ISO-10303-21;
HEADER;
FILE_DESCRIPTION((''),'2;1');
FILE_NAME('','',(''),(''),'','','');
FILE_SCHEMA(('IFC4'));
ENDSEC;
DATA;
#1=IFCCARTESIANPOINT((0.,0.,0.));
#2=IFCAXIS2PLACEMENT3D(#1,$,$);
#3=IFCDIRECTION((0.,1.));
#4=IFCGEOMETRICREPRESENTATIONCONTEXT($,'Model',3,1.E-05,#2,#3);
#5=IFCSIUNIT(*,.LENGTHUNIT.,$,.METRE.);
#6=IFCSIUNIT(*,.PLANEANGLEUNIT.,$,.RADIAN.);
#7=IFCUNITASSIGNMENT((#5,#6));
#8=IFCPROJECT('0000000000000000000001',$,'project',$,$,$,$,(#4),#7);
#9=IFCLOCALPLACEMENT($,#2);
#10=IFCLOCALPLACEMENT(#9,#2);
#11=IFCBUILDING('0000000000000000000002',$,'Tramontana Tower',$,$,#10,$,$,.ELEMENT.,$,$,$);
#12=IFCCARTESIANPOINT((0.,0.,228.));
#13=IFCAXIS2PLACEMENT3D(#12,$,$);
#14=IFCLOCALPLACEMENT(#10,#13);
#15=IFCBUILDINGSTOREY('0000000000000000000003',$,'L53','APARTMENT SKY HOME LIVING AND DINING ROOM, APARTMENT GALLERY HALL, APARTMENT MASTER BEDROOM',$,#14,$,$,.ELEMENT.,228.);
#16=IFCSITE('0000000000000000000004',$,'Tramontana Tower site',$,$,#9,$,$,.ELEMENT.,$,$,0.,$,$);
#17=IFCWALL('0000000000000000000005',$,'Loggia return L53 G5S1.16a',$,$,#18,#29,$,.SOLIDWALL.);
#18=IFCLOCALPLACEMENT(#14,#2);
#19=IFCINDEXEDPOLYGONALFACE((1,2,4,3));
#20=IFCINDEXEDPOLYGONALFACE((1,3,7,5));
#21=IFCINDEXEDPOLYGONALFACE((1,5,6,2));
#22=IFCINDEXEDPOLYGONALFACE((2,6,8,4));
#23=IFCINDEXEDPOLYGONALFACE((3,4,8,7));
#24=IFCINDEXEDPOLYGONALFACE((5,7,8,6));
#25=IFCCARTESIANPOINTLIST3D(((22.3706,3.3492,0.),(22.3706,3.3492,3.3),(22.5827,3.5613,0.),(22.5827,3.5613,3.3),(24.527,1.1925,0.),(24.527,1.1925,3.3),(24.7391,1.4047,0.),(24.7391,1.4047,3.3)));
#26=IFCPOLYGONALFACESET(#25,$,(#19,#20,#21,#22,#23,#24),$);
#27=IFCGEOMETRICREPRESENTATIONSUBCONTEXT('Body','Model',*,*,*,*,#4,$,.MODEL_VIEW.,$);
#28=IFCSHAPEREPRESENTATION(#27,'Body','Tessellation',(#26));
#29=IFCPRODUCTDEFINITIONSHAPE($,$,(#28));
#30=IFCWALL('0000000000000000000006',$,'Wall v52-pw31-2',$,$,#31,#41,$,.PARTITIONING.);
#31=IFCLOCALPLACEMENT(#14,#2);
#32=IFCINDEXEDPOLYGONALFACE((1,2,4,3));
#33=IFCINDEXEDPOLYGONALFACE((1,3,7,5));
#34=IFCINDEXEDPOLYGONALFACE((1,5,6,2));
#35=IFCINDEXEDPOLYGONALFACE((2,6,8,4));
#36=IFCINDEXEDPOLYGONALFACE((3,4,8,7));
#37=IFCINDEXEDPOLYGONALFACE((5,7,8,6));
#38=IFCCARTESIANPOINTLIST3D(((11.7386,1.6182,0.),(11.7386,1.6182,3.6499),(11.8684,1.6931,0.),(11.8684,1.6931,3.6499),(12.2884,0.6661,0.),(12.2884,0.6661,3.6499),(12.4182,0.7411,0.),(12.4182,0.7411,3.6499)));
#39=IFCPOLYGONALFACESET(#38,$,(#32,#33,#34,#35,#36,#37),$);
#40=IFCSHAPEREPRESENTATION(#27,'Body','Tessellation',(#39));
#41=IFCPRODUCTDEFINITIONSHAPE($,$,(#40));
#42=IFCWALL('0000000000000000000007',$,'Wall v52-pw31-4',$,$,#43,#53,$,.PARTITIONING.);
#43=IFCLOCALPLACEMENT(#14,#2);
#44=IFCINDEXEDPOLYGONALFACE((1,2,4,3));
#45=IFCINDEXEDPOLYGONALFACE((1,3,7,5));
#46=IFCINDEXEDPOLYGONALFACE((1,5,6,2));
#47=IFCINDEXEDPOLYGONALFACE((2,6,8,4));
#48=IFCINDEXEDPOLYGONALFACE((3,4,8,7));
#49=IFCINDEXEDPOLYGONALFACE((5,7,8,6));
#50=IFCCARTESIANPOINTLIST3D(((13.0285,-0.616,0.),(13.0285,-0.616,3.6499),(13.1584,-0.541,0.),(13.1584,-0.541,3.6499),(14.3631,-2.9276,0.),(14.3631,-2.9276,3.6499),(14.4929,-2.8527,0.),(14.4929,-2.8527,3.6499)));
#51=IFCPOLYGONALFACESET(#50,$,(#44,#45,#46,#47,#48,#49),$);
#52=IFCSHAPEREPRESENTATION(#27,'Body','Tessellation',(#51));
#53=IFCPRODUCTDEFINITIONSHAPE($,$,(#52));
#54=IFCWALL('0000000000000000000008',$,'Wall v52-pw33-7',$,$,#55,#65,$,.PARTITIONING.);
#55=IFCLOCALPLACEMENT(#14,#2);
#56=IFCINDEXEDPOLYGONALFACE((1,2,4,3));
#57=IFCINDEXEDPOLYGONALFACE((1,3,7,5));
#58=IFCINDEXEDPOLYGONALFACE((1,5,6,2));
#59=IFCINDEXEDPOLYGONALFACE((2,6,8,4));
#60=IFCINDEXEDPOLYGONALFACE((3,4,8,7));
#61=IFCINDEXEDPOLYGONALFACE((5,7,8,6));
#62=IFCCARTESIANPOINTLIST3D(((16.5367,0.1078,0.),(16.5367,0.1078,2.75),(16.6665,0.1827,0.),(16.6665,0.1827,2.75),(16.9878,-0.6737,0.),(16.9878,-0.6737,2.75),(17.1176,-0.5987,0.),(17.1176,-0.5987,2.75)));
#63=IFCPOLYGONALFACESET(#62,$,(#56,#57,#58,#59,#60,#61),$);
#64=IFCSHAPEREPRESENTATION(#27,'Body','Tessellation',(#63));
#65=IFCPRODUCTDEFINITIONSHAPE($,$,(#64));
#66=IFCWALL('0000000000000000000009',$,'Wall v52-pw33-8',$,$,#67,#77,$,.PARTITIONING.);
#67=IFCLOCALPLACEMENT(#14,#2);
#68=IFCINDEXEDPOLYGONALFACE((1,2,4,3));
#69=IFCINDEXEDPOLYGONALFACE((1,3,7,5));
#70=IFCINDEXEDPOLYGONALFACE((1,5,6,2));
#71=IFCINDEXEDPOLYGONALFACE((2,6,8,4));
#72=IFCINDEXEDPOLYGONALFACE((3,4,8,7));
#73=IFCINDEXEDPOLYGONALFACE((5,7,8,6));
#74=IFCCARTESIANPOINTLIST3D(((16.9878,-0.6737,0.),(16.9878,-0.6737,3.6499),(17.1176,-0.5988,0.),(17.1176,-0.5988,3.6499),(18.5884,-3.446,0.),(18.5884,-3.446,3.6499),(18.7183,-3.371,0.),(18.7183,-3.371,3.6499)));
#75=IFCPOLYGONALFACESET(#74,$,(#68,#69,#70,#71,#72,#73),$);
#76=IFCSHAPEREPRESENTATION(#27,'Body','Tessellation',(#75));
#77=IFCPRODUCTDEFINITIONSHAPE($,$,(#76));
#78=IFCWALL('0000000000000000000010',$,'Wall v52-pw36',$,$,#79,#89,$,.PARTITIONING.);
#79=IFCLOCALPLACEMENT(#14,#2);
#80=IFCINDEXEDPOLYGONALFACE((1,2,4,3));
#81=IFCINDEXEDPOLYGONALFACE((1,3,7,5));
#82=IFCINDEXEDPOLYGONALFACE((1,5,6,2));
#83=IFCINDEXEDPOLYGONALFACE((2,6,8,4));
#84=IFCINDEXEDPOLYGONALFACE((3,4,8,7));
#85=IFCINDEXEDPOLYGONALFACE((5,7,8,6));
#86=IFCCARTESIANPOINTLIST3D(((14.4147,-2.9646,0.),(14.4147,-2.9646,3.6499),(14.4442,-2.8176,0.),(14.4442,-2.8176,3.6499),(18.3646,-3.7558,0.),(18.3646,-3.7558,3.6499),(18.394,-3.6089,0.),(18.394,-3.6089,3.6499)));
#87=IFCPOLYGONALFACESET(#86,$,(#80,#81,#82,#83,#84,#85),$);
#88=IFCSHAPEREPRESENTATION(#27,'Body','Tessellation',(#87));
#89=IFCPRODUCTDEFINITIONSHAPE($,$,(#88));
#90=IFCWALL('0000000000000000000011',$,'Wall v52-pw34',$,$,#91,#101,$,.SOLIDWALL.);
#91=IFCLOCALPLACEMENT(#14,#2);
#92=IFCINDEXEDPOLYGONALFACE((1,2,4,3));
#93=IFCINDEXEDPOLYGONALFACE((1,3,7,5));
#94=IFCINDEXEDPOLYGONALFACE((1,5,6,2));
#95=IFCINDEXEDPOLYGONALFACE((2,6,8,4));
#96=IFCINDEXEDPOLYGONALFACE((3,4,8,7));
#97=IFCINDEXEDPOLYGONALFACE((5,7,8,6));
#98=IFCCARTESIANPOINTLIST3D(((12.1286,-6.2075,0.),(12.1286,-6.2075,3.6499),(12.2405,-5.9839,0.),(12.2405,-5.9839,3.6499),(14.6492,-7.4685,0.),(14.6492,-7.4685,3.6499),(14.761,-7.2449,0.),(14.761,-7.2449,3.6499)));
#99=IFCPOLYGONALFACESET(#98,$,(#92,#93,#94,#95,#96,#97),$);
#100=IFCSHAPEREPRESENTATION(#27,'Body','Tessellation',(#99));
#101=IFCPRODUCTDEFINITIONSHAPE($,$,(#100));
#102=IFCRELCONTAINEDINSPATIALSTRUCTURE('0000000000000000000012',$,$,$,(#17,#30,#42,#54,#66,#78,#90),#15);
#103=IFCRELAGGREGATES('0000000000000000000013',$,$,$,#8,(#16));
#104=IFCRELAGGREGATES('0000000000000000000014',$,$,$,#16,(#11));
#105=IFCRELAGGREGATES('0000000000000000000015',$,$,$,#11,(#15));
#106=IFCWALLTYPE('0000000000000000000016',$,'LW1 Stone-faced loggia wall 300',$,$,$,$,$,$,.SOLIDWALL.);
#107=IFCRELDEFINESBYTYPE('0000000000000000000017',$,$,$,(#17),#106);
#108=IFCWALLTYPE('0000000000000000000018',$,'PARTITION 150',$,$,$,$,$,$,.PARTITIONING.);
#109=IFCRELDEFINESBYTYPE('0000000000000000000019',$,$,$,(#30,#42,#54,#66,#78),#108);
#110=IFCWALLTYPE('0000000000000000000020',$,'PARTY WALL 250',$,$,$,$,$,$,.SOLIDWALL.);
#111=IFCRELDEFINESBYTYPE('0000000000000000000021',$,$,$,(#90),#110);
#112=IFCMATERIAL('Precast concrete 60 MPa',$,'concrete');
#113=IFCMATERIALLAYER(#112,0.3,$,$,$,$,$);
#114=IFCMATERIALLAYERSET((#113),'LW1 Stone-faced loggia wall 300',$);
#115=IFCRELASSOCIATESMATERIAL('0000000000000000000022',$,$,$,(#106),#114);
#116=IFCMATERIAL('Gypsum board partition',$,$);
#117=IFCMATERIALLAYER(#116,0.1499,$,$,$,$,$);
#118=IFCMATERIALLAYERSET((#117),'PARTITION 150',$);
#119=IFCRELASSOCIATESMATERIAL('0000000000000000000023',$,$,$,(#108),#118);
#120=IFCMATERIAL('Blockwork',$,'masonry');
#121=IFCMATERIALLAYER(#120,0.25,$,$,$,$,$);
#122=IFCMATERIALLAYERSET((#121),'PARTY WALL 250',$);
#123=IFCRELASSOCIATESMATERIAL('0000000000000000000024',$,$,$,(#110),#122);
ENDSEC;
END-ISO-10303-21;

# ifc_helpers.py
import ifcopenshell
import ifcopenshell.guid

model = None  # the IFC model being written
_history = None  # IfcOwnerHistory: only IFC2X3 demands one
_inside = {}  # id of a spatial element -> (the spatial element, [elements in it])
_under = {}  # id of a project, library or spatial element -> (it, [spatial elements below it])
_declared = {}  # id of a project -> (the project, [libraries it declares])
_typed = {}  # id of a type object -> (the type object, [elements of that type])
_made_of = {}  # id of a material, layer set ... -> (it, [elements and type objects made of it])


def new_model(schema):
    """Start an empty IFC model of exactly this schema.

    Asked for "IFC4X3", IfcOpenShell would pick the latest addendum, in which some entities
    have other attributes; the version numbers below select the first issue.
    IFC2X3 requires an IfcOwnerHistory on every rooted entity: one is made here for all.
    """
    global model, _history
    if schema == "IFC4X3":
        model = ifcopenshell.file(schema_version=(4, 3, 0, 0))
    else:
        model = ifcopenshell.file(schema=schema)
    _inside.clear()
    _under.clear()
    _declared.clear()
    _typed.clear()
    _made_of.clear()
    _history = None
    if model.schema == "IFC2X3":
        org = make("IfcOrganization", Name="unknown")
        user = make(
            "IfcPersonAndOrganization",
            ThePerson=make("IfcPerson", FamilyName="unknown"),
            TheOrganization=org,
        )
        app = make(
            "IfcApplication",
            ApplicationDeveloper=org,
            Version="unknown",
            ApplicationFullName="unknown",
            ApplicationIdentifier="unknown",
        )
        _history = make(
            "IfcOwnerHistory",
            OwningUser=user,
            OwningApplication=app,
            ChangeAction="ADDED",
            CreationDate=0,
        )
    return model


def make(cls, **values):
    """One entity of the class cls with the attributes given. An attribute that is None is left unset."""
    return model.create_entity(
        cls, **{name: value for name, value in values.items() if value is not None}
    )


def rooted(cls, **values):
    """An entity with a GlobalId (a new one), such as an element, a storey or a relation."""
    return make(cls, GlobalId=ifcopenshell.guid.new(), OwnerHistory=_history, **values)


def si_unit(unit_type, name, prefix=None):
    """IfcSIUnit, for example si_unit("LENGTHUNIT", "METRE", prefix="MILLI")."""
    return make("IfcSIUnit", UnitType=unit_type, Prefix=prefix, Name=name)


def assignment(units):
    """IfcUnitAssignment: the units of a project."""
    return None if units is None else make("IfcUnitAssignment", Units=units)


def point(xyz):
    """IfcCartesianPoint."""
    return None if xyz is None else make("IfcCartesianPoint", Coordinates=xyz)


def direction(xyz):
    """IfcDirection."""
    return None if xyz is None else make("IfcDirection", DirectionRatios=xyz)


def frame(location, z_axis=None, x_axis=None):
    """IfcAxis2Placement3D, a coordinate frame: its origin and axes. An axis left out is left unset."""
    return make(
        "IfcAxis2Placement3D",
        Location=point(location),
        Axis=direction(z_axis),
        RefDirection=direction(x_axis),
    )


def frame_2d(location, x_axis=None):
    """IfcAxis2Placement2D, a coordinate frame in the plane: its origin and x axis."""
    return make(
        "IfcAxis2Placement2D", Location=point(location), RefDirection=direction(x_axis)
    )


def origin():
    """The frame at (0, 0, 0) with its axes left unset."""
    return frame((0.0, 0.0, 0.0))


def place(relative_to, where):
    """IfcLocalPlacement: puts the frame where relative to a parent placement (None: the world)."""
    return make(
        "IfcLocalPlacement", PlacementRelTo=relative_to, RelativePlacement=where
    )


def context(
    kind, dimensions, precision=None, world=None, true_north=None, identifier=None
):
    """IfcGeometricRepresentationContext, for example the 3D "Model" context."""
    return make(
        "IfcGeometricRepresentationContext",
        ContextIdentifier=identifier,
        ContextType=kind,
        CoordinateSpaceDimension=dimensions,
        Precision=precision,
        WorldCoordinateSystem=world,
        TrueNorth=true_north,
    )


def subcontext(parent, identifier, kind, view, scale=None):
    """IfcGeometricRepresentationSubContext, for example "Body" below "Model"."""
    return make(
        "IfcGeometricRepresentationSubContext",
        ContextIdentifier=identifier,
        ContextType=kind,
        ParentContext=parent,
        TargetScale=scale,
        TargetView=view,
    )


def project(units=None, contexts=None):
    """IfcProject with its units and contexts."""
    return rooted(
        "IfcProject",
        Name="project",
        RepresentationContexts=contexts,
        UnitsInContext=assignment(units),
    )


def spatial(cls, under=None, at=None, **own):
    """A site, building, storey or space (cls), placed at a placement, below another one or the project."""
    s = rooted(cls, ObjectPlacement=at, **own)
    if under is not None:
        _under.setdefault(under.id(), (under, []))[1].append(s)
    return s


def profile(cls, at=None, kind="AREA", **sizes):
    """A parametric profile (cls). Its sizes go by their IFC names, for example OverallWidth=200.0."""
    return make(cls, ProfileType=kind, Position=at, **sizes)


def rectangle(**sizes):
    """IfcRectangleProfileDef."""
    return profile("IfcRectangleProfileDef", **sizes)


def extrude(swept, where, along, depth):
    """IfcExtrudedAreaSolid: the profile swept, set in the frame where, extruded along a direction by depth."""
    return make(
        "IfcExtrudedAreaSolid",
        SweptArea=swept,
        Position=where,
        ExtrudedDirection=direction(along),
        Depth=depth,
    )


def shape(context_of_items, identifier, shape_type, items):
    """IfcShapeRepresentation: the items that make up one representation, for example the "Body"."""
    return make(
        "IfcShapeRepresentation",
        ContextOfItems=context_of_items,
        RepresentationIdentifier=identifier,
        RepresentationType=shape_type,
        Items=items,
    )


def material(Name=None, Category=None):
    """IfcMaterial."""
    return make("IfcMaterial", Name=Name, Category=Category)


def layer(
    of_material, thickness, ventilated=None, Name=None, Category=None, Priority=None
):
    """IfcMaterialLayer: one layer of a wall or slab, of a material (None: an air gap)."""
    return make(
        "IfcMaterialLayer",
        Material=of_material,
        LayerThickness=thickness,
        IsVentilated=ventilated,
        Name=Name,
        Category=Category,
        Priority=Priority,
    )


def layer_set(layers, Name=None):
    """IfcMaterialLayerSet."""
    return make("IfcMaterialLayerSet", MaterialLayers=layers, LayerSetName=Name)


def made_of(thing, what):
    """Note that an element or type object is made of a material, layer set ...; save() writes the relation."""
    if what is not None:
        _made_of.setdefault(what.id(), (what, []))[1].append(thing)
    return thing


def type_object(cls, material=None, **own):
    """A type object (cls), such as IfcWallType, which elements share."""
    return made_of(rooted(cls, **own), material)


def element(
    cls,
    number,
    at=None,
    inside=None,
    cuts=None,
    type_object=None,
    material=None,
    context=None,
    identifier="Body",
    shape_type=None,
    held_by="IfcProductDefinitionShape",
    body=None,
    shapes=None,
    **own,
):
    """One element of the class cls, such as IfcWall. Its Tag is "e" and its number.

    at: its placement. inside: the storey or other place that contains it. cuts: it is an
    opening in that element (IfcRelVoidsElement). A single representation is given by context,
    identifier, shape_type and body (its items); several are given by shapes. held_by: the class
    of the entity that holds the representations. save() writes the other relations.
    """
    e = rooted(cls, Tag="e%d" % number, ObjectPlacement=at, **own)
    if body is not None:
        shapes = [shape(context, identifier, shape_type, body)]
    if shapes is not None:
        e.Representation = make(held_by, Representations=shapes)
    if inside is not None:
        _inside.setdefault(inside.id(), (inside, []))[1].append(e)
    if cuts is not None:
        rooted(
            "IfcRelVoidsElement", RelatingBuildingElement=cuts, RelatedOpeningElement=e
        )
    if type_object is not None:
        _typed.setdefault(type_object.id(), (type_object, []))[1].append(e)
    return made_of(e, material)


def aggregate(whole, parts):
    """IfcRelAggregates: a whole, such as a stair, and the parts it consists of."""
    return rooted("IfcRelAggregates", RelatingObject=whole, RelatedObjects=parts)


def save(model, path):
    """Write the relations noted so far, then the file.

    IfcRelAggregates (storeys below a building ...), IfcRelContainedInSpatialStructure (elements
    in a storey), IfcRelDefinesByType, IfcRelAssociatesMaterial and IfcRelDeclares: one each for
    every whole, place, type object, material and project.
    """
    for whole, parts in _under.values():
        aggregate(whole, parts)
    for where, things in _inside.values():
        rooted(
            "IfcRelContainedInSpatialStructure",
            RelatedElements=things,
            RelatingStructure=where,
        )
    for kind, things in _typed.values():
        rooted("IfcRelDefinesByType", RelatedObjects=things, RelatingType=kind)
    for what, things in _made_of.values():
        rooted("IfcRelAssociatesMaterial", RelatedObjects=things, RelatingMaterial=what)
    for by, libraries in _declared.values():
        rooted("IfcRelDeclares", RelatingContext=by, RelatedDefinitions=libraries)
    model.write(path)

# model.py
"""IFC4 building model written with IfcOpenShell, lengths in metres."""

from ifc_helpers import new_model, si_unit, direction, frame, frame_2d, origin, place, context, subcontext, project, spatial, rectangle, extrude, material, layer, layer_set, type_object, element, save


model = new_model("IFC4")

# Units and contexts
model_context = context("Model", 3, precision=1e-05, world=origin(), true_north=direction((0.0, 1.0)))
body_context = subcontext(model_context, "Body", "Model", "MODEL_VIEW")
ifc_project = project(units=[si_unit("LENGTHUNIT", "METRE"), si_unit("PLANEANGLEUNIT", "RADIAN")], contexts=[model_context])

# Site, building, storey
site_placement = place(None, origin())
site = spatial("IfcSite", under=ifc_project, at=site_placement, Name="Tramontana Tower site", CompositionType="ELEMENT", RefElevation=0.0)
building_placement = place(site_placement, origin())
building = spatial("IfcBuilding", under=site, at=building_placement, Name="Tramontana Tower", CompositionType="ELEMENT")
storey_placement = place(building_placement, frame((0.0, 0.0, 228.0)))
storey = spatial("IfcBuildingStorey", under=building, at=storey_placement, Name="L53", Description="APARTMENT SKY HOME LIVING AND DINING ROOM, APARTMENT GALLERY HALL, APARTMENT MASTER BEDROOM", CompositionType="ELEMENT", Elevation=228.0)

# Walls
ifc_material_1 = material(Name="Precast concrete 60 MPa", Category="concrete")
ifc_layer_1 = layer(ifc_material_1, 0.3)
ifc_layer_set_1 = layer_set([ifc_layer_1], Name="LW1 Stone-faced loggia wall 300")
wall_type_1 = type_object("IfcWallType", Name="LW1 Stone-faced loggia wall 300", PredefinedType="SOLIDWALL", material=ifc_layer_set_1)
wall_1_placement = place(storey_placement, frame((24.6331, 1.2986, 0.0), z_axis=(0.0, 0.0, 1.0), x_axis=(-0.707067, 0.707147, 0.0)))
element("IfcWall", 1, at=wall_1_placement, inside=storey, type_object=wall_type_1, Name="Loggia return L53 G5S1.16a", PredefinedType="SOLIDWALL", context=body_context, shape_type="SweptSolid", body=[
    extrude(rectangle(XDim=3.0498, YDim=0.3, at=frame_2d((1.5249, 0.0))), origin(), (0.0, 0.0, 1.0), 3.3),
])
ifc_material_2 = material(Name="Gypsum board partition")
ifc_layer_2 = layer(ifc_material_2, 0.1499)
ifc_layer_set_2 = layer_set([ifc_layer_2], Name="PARTITION 150")
wall_type_2 = type_object("IfcWallType", Name="PARTITION 150", PredefinedType="PARTITIONING", material=ifc_layer_set_2)
wall_2_placement = place(storey_placement, frame((11.8035, 1.6558, 0.0), z_axis=(0.0, 0.0, 1.0), x_axis=(0.500056, -0.865993, 0.0)))
element("IfcWall", 2, at=wall_2_placement, inside=storey, type_object=wall_type_2, Name="Wall v52-pw31-2", PredefinedType="PARTITIONING", context=body_context, shape_type="SweptSolid", body=[
    extrude(rectangle(XDim=1.0994, YDim=0.1499, at=frame_2d((0.5498, 0.0))), origin(), (0.0, 0.0, 1.0), 3.6499),
])

# Walls
wall_3_placement = place(storey_placement, frame((13.0935, -0.5786, 0.0), z_axis=(0.0, 0.0, 1.0), x_axis=(0.499976, -0.866039, 0.0)))
element("IfcWall", 3, at=wall_3_placement, inside=storey, type_object=wall_type_2, Name="Wall v52-pw31-4", PredefinedType="PARTITIONING", context=body_context, shape_type="SweptSolid", body=[
    extrude(rectangle(XDim=2.6692, YDim=0.1499, at=frame_2d((1.3345, 0.0))), origin(), (0.0, 0.0, 1.0), 3.6499),
])
wall_4_placement = place(storey_placement, frame((16.6016, 0.1453, 0.0), z_axis=(0.0, 0.0, 1.0), x_axis=(0.49998, -0.866037, 0.0)))
element("IfcWall", 4, at=wall_4_placement, inside=storey, type_object=wall_type_2, Name="Wall v52-pw33-7", PredefinedType="PARTITIONING", context=body_context, shape_type="SweptSolid", body=[
    extrude(rectangle(XDim=0.9023, YDim=0.1499, at=frame_2d((0.4512, 0.0))), origin(), (0.0, 0.0, 1.0), 2.75),
])
wall_5_placement = place(storey_placement, frame((17.0527, -0.6362, 0.0), z_axis=(0.0, 0.0, 1.0), x_axis=(0.500011, -0.866019, 0.0)))
element("IfcWall", 5, at=wall_5_placement, inside=storey, type_object=wall_type_2, Name="Wall v52-pw33-8", PredefinedType="PARTITIONING", context=body_context, shape_type="SweptSolid", body=[
    extrude(rectangle(XDim=3.2012, YDim=0.1499, at=frame_2d((1.6006, 0.0))), origin(), (0.0, 0.0, 1.0), 3.6499),
])
wall_6_placement = place(storey_placement, frame((14.4294, -2.8911, 0.0), z_axis=(0.0, 0.0, 1.0), x_axis=(0.98052, -0.196419, 0.0)))
element("IfcWall", 6, at=wall_6_placement, inside=storey, type_object=wall_type_2, Name="Wall v52-pw36", PredefinedType="PARTITIONING", context=body_context, shape_type="SweptSolid", body=[
    extrude(rectangle(XDim=4.0283, YDim=0.1499, at=frame_2d((2.0142, 0.0))), origin(), (0.0, 0.0, 1.0), 3.6499),
])
ifc_material_3 = material(Name="Blockwork", Category="masonry")
ifc_layer_3 = layer(ifc_material_3, 0.25)
ifc_layer_set_3 = layer_set([ifc_layer_3], Name="PARTY WALL 250")
wall_type_3 = type_object("IfcWallType", Name="PARTY WALL 250", PredefinedType="SOLIDWALL", material=ifc_layer_set_3)
wall_7_placement = place(storey_placement, frame((12.1846, -6.0957, 0.0), z_axis=(0.0, 0.0, 1.0), x_axis=(0.894323, -0.447421, 0.0)))
element("IfcWall", 7, at=wall_7_placement, inside=storey, type_object=wall_type_3, Name="Wall v52-pw34", PredefinedType="SOLIDWALL", context=body_context, shape_type="SweptSolid", body=[
    extrude(rectangle(XDim=2.8184, YDim=0.25, at=frame_2d((1.4092, 0.0))), origin(), (0.0, 0.0, 1.0), 3.6499),
])

save(model, "model.ifc")
